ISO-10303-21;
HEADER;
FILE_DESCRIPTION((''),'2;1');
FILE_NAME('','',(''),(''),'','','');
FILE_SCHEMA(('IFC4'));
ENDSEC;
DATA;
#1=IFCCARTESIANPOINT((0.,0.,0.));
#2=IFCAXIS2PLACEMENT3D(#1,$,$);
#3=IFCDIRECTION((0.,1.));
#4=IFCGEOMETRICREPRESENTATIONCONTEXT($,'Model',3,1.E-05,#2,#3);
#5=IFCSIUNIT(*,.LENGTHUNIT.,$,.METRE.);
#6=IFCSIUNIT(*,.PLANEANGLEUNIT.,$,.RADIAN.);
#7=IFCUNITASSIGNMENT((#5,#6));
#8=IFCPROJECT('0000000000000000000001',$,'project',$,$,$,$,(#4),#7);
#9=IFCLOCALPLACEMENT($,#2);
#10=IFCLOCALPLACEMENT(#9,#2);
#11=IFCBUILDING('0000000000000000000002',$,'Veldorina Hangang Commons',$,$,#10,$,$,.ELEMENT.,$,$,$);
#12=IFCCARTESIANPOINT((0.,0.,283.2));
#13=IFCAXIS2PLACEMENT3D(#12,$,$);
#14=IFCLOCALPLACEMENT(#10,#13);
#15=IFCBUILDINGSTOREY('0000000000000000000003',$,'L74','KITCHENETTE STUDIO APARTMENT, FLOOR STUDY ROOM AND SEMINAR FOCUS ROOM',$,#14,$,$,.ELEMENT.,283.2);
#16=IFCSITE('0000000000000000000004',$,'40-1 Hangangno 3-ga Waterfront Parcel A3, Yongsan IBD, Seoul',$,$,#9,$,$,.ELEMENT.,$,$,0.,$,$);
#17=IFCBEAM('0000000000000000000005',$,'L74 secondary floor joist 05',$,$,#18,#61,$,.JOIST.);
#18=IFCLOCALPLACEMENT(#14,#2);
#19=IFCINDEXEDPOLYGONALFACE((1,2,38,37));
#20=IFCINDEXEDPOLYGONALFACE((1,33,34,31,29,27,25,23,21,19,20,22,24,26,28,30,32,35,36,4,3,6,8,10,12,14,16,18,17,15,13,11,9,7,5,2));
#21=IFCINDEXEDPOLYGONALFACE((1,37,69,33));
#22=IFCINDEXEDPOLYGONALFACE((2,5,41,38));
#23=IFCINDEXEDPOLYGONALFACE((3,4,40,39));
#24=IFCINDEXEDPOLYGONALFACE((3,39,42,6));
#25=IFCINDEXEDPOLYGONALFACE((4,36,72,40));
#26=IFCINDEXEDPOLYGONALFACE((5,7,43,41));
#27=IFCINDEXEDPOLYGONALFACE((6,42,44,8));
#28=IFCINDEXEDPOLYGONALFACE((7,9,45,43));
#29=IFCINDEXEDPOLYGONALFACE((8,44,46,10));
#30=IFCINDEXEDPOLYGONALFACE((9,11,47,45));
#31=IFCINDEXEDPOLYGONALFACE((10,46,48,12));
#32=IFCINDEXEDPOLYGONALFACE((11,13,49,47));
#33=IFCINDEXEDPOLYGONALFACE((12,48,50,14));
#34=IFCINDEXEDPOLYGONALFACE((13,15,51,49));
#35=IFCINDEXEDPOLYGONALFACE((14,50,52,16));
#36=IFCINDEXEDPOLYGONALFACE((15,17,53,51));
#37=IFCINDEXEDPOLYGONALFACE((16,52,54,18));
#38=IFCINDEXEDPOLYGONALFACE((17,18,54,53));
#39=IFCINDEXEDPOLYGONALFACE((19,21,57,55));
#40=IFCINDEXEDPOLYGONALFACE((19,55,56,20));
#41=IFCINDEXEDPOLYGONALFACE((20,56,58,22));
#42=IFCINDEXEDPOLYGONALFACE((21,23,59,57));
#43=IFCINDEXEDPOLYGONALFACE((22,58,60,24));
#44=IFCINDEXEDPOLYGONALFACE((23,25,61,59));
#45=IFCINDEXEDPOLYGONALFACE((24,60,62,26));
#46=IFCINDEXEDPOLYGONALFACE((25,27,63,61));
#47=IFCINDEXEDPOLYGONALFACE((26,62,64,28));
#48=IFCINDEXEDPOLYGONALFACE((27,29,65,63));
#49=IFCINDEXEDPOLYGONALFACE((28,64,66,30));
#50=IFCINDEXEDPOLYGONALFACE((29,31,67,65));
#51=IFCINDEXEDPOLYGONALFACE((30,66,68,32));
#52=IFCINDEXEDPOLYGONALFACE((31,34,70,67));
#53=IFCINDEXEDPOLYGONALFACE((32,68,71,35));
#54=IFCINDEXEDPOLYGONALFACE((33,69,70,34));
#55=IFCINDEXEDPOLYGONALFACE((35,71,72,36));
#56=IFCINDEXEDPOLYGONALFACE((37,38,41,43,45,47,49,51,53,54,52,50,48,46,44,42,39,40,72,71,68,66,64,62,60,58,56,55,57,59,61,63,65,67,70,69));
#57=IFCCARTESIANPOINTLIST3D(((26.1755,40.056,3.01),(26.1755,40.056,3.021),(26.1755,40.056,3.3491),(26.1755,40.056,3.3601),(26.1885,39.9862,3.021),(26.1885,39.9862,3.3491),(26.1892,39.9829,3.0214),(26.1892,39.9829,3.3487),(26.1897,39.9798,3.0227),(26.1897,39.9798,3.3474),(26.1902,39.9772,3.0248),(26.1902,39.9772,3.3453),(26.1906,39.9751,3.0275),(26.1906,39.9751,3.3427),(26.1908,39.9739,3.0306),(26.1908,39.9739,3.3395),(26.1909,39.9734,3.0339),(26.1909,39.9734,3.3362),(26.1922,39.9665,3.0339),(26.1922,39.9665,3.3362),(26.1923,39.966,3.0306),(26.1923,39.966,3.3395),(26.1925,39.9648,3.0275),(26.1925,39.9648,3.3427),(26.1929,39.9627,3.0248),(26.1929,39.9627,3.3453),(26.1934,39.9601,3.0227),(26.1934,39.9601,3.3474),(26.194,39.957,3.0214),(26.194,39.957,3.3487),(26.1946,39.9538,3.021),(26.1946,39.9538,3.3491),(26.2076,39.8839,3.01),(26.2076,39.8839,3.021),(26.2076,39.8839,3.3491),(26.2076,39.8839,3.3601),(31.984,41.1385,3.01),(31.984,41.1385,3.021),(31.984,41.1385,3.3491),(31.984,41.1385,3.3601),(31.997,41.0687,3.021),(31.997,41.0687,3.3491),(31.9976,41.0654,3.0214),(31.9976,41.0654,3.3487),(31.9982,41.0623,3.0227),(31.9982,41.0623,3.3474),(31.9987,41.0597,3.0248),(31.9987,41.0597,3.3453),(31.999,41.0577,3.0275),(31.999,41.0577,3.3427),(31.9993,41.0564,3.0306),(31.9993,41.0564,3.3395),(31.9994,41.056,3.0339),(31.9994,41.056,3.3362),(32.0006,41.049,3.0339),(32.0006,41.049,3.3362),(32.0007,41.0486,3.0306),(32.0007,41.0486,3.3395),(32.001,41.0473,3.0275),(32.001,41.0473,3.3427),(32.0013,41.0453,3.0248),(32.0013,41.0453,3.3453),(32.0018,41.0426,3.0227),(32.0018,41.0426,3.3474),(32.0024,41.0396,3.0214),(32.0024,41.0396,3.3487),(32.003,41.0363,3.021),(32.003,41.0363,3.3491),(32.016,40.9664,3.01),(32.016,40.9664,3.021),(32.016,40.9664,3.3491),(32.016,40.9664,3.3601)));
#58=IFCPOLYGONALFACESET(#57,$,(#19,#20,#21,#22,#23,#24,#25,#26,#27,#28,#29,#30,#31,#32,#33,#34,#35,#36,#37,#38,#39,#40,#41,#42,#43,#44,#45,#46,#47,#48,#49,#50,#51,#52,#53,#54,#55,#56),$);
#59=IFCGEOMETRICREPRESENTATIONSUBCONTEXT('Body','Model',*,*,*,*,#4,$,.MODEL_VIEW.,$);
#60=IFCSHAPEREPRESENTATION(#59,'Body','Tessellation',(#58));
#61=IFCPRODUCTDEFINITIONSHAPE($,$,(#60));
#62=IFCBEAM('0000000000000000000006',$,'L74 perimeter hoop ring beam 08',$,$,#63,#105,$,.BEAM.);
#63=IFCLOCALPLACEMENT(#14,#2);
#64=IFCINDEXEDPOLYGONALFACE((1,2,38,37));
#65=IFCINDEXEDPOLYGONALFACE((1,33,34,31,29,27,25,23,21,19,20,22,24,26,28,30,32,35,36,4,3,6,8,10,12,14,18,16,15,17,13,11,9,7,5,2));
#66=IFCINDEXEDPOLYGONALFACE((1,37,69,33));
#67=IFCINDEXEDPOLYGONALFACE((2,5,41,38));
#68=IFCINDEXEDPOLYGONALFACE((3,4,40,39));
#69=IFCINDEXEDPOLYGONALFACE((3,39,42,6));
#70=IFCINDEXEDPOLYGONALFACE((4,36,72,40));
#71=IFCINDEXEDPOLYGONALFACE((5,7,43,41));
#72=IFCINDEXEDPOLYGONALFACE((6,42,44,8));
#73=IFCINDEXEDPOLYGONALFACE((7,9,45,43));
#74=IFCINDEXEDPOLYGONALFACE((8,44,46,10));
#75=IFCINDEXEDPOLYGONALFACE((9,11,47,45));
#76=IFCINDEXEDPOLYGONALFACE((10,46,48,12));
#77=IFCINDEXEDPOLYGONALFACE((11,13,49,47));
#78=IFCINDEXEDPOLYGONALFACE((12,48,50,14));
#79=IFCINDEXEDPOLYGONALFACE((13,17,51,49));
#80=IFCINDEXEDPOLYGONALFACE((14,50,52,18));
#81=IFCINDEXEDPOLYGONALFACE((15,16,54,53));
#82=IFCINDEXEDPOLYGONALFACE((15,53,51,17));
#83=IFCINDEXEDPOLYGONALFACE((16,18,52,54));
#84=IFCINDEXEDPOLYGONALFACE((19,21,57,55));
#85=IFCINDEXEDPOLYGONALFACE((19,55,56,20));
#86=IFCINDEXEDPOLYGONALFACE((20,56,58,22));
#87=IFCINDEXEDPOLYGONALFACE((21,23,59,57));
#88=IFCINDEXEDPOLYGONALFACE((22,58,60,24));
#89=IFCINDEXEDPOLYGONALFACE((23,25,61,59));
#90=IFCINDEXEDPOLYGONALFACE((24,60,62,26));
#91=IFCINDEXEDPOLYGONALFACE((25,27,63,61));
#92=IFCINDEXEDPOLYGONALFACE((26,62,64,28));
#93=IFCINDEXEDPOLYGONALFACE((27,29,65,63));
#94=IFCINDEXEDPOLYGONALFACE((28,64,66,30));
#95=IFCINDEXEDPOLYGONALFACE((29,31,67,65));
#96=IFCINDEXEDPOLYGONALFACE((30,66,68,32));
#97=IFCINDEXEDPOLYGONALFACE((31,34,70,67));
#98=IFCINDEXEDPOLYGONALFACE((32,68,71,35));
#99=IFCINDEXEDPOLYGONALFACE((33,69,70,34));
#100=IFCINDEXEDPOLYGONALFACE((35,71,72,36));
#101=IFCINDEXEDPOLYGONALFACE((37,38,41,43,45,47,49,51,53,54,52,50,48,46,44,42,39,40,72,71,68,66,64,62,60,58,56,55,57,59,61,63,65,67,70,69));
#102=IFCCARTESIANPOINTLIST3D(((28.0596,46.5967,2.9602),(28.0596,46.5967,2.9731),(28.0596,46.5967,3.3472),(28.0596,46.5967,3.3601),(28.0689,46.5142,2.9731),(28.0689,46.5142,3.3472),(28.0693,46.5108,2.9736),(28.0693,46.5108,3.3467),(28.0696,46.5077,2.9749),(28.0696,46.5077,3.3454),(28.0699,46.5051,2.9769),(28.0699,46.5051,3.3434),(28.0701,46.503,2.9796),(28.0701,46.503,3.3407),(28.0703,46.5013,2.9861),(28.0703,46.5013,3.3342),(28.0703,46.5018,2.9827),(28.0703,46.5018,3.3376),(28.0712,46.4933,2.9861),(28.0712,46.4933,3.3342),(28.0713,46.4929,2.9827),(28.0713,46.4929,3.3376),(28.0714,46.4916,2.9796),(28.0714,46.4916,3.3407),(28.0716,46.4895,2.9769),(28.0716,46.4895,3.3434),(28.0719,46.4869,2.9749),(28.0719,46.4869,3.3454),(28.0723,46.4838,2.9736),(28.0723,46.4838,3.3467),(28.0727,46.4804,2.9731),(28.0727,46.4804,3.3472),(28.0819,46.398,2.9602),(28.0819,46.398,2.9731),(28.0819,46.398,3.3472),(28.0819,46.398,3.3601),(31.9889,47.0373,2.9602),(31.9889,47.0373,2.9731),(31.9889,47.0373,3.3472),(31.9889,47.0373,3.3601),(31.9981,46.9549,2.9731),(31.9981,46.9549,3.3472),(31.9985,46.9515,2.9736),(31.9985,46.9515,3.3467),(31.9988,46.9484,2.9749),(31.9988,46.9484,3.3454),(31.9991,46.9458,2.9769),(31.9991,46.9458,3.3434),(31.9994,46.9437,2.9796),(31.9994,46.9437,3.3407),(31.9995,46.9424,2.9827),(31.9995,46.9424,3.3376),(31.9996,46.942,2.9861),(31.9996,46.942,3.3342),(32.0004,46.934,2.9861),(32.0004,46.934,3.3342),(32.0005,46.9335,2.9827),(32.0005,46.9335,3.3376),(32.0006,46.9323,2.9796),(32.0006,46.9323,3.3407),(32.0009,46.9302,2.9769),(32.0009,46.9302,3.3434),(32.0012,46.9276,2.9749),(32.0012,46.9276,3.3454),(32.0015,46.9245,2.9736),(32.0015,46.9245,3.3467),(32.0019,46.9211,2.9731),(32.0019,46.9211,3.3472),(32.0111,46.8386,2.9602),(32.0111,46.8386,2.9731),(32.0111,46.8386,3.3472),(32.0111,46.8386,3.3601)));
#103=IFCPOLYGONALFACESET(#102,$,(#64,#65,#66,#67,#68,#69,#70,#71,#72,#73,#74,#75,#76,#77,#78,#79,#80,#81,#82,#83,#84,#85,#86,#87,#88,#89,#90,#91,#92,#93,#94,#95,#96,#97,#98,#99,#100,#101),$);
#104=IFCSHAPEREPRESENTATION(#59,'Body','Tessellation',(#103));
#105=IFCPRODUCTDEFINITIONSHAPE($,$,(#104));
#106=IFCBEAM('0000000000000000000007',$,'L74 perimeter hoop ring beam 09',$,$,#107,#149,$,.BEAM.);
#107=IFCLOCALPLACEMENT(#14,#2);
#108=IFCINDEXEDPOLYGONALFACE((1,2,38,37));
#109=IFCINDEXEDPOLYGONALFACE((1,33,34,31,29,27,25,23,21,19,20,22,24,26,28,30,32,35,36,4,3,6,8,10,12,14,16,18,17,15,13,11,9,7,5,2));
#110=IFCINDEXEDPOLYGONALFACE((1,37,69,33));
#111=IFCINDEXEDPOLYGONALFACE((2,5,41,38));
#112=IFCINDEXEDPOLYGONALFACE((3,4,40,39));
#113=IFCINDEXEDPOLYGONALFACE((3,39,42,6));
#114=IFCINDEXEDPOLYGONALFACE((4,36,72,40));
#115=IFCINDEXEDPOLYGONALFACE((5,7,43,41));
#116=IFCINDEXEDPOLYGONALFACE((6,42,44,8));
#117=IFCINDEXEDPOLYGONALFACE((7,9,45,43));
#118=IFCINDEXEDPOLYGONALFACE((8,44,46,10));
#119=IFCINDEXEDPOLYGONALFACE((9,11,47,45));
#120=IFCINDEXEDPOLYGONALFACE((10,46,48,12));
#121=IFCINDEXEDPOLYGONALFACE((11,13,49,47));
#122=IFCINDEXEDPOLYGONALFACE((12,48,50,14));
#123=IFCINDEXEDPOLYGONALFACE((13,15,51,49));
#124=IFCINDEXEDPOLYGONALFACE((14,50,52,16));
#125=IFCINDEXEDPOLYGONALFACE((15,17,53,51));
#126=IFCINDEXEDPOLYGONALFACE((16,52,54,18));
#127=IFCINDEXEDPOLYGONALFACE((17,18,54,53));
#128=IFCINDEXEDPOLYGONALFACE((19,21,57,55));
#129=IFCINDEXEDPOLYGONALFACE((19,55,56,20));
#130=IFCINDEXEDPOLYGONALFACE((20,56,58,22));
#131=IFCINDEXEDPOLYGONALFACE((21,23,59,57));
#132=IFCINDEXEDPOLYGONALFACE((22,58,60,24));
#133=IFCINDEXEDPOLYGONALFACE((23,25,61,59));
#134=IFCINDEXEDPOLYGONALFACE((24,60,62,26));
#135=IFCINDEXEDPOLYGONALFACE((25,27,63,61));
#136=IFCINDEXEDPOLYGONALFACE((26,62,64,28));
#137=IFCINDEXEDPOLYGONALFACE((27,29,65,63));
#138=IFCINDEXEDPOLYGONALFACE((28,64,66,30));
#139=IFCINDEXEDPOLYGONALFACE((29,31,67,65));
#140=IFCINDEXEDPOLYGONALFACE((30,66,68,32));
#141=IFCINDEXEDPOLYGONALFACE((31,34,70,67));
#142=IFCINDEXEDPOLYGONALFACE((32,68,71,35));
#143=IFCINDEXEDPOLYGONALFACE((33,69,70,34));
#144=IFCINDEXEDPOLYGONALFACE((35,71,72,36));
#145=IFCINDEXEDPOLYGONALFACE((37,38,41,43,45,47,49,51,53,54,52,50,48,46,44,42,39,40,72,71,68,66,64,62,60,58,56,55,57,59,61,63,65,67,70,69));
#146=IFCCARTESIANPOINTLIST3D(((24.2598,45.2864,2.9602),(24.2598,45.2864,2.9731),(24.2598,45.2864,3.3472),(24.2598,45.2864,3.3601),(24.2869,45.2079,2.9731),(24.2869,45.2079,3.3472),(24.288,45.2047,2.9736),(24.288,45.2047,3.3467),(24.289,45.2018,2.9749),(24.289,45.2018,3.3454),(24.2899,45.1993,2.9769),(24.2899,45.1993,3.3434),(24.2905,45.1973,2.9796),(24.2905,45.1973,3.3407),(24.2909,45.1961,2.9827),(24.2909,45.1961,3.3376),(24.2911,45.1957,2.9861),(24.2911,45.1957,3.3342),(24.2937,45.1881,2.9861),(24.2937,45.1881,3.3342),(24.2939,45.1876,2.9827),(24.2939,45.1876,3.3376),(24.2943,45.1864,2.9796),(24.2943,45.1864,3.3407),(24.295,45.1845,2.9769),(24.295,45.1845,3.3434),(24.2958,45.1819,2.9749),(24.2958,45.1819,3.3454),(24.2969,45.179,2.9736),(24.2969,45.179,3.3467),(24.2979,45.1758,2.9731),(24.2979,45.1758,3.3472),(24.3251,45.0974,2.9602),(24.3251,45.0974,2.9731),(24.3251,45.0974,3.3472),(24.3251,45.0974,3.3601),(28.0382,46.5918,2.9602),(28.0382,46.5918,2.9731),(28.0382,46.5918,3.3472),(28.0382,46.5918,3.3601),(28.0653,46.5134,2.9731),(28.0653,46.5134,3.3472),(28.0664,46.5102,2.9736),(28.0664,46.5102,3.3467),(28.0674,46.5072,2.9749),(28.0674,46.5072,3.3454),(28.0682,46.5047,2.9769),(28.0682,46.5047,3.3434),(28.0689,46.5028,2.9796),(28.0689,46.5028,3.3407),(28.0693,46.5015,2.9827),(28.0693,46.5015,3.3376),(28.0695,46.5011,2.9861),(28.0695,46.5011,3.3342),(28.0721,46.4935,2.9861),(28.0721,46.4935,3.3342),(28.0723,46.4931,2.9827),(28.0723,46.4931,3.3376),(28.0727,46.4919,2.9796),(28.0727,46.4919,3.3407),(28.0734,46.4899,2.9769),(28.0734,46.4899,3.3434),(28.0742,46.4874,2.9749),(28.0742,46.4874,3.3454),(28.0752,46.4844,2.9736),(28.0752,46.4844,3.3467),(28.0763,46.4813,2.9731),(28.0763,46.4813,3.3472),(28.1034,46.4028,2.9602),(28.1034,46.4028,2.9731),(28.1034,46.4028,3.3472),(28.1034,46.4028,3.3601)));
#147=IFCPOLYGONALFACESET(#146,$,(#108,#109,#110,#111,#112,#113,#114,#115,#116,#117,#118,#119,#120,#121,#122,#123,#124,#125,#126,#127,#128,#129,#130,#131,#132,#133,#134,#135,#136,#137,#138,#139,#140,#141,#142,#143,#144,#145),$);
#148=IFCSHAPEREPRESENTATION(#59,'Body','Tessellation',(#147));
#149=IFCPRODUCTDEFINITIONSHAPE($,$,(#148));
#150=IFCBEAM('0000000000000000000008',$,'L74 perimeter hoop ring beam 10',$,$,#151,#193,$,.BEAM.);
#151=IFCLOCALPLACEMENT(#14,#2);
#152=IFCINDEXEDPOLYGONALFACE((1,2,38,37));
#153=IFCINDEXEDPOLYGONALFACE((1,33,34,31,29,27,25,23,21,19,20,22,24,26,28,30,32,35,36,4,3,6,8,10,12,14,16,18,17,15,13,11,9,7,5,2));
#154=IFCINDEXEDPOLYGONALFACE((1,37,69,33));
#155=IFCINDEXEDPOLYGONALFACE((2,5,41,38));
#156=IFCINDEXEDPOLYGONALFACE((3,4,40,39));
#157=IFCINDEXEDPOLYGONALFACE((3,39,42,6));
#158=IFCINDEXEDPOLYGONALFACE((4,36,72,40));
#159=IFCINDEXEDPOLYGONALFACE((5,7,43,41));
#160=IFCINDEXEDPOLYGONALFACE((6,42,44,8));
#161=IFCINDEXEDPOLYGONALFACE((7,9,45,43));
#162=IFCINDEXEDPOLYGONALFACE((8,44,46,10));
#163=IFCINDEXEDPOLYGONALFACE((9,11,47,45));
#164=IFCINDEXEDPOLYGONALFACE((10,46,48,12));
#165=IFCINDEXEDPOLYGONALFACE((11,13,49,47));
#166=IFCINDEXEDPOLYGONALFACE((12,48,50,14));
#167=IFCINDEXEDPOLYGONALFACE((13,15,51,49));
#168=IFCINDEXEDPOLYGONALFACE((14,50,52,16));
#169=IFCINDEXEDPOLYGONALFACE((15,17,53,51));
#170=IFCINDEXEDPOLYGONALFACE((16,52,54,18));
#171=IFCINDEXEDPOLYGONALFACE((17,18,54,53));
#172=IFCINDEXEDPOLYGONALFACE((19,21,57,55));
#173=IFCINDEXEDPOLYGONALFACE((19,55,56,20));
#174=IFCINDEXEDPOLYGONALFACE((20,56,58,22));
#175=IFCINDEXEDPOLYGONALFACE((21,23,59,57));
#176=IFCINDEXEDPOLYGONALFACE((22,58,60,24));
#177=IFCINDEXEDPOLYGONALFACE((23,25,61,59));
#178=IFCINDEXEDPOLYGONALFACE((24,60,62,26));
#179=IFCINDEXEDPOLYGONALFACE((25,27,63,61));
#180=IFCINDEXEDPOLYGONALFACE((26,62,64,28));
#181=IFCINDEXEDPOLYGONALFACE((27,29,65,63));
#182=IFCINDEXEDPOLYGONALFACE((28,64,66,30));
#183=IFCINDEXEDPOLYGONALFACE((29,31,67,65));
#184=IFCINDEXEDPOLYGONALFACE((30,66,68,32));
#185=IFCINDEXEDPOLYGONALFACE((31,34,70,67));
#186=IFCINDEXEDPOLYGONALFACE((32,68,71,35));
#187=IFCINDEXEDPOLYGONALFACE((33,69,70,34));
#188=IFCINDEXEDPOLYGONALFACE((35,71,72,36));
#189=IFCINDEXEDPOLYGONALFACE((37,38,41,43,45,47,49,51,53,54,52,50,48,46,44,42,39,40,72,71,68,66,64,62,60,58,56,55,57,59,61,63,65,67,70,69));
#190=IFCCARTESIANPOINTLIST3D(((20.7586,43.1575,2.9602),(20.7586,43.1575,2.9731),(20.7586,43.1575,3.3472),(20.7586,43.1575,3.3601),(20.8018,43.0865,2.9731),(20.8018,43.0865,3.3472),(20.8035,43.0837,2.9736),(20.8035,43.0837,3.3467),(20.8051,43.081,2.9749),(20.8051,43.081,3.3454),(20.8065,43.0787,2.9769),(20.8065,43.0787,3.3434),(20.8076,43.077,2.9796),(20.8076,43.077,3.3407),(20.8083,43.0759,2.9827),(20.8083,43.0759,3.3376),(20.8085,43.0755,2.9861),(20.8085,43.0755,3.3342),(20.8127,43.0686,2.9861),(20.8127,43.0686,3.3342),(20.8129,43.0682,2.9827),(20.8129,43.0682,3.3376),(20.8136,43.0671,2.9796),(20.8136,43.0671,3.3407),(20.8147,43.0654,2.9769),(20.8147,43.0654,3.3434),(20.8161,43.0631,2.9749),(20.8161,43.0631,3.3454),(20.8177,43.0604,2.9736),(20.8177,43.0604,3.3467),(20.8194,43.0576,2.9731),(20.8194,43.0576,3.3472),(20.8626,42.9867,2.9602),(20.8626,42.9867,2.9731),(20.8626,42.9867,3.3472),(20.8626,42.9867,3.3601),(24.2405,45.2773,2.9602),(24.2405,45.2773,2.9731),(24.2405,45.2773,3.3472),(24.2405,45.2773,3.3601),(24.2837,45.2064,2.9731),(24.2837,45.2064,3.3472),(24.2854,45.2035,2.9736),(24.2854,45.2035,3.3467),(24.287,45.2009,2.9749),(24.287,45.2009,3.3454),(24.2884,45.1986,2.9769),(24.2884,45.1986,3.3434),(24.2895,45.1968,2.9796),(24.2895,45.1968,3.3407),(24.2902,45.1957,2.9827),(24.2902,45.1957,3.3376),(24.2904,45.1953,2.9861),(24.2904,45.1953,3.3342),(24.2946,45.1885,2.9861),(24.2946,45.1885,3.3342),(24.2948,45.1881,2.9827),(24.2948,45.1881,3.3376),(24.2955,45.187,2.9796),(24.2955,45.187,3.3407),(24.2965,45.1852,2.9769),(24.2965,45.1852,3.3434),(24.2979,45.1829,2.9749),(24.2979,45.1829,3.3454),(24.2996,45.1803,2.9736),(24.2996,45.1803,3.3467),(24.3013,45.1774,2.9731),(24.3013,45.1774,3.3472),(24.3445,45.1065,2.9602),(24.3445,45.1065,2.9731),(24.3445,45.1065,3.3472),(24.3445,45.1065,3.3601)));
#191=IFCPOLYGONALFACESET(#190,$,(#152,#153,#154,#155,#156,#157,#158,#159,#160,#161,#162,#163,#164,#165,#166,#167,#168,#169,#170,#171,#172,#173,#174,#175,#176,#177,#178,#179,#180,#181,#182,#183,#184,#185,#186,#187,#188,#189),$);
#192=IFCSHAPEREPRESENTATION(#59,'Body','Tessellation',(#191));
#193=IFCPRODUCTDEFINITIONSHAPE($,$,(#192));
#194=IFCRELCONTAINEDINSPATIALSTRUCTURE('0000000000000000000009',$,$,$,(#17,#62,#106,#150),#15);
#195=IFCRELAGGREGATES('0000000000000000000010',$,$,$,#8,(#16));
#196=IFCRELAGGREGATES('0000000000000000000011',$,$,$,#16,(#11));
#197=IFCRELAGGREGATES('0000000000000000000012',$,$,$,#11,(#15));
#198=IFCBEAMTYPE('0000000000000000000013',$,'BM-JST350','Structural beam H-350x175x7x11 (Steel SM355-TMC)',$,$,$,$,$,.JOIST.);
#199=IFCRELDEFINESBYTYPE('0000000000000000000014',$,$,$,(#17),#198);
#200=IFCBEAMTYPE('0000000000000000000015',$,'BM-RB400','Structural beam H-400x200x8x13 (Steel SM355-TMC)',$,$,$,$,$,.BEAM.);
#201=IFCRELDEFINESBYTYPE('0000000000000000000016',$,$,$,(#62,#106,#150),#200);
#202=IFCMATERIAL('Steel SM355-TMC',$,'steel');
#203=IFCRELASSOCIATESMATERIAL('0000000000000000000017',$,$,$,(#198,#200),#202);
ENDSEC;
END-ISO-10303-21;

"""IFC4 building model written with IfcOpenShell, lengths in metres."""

from ifc_helpers import new_model, si_unit, direction, frame, origin, origin_2d, place, context, subcontext, project, spatial, i_section, extrude, material, material_profile, profile_set, type_object, element, save


model = new_model("IFC4")

# Units and contexts
model_context = context("Model", 3, precision=1e-05, world=origin(), true_north=direction((0.0, 1.0)))
body_context = subcontext(model_context, "Body", "Model", "MODEL_VIEW")
ifc_project = project(units=[si_unit("LENGTHUNIT", "METRE"), si_unit("PLANEANGLEUNIT", "RADIAN")], contexts=[model_context])

# Site, building, storey
site_placement = place(None, origin())
site = spatial("IfcSite", under=ifc_project, at=site_placement, Name="40-1 Hangangno 3-ga Waterfront Parcel A3, Yongsan IBD, Seoul", CompositionType="ELEMENT", RefElevation=0.0)
building_placement = place(site_placement, origin())
building = spatial("IfcBuilding", under=site, at=building_placement, Name="Veldorina Hangang Commons", CompositionType="ELEMENT")
storey_placement = place(building_placement, frame((0.0, 0.0, 283.2)))
storey = spatial("IfcBuildingStorey", under=building, at=storey_placement, Name="L74", Description="KITCHENETTE STUDIO APARTMENT, FLOOR STUDY ROOM AND SEMINAR FOCUS ROOM", CompositionType="ELEMENT", Elevation=283.2)

# Beams
ifc_material_1 = material(Name="Steel SM355-TMC", Category="steel")
ifc_material_profile_1 = material_profile(ifc_material_1, i_section(OverallWidth=0.175, OverallDepth=0.3501, WebThickness=0.0071, FlangeThickness=0.011, FilletRadius=0.0129, at=origin_2d()), Name="H-350x175x7x11")
ifc_profile_set_1 = profile_set([ifc_material_profile_1], Name="Steel SM355-TMC")
beam_type_1 = type_object("IfcBeamType", Name="BM-JST350", Description="Structural beam H-350x175x7x11 (Steel SM355-TMC)", PredefinedType="JOIST", material=ifc_profile_set_1)
beam_1_placement = place(storey_placement, frame((32.0, 41.0525, 3.1851), z_axis=(-0.983072, -0.183218, 0.0), x_axis=(0.183218, -0.983072, 0.0)))
element("IfcBeam", 1, at=beam_1_placement, inside=storey, type_object=beam_type_1, Name="L74 secondary floor joist 05", PredefinedType="JOIST", context=body_context, shape_type="SweptSolid", body=[
    extrude(i_section(OverallWidth=0.175, OverallDepth=0.3501, WebThickness=0.0071, FlangeThickness=0.011, FilletRadius=0.0129, at=origin_2d()), origin(), (0.0, 0.0, 1.0), 5.9084),
])
ifc_material_profile_2 = material_profile(ifc_material_1, i_section(OverallWidth=0.2, OverallDepth=0.3999, WebThickness=0.0081, FlangeThickness=0.0129, FilletRadius=0.0129, at=origin_2d()), Name="H-400x200x8x13")
ifc_profile_set_2 = profile_set([ifc_material_profile_2], Name="Steel SM355-TMC")
beam_type_2 = type_object("IfcBeamType", Name="BM-RB400", Description="Structural beam H-400x200x8x13 (Steel SM355-TMC)", PredefinedType="BEAM", material=ifc_profile_set_2)
beam_2_placement = place(storey_placement, frame((32.0, 46.938, 3.1602), z_axis=(-0.99377, -0.111455, 0.0), x_axis=(0.111455, -0.99377, 0.0)))
element("IfcBeam", 2, at=beam_2_placement, inside=storey, type_object=beam_type_2, Name="L74 perimeter hoop ring beam 08", PredefinedType="BEAM", context=body_context, shape_type="SweptSolid", body=[
    extrude(i_section(OverallWidth=0.2, OverallDepth=0.3999, WebThickness=0.0081, FlangeThickness=0.0129, FilletRadius=0.0129, at=origin_2d()), origin(), (0.0, 0.0, 1.0), 3.9539),
])
beam_3_placement = place(storey_placement, frame((28.0708, 46.4973, 3.1602), z_axis=(-0.945176, -0.326561, 0.0), x_axis=(0.326561, -0.945176, 0.0)))
element("IfcBeam", 3, at=beam_3_placement, inside=storey, type_object=beam_type_2, Name="L74 perimeter hoop ring beam 09", PredefinedType="BEAM", context=body_context, shape_type="SweptSolid", body=[
    extrude(i_section(OverallWidth=0.2, OverallDepth=0.3999, WebThickness=0.0081, FlangeThickness=0.0129, FilletRadius=0.0129, at=origin_2d()), origin(), (0.0, 0.0, 1.0), 3.9976),
])
beam_4_placement = place(storey_placement, frame((24.2925, 45.1919, 3.1602), z_axis=(-0.854151, -0.520025, 0.0), x_axis=(0.520025, -0.854151, 0.0)))
element("IfcBeam", 4, at=beam_4_placement, inside=storey, type_object=beam_type_2, Name="L74 perimeter hoop ring beam 10", PredefinedType="BEAM", context=body_context, shape_type="SweptSolid", body=[
    extrude(i_section(OverallWidth=0.2, OverallDepth=0.3999, WebThickness=0.0081, FlangeThickness=0.0129, FilletRadius=0.0129, at=origin_2d()), origin(), (0.0, 0.0, 1.0), 4.0764),
])

save(model, "model.ifc")
